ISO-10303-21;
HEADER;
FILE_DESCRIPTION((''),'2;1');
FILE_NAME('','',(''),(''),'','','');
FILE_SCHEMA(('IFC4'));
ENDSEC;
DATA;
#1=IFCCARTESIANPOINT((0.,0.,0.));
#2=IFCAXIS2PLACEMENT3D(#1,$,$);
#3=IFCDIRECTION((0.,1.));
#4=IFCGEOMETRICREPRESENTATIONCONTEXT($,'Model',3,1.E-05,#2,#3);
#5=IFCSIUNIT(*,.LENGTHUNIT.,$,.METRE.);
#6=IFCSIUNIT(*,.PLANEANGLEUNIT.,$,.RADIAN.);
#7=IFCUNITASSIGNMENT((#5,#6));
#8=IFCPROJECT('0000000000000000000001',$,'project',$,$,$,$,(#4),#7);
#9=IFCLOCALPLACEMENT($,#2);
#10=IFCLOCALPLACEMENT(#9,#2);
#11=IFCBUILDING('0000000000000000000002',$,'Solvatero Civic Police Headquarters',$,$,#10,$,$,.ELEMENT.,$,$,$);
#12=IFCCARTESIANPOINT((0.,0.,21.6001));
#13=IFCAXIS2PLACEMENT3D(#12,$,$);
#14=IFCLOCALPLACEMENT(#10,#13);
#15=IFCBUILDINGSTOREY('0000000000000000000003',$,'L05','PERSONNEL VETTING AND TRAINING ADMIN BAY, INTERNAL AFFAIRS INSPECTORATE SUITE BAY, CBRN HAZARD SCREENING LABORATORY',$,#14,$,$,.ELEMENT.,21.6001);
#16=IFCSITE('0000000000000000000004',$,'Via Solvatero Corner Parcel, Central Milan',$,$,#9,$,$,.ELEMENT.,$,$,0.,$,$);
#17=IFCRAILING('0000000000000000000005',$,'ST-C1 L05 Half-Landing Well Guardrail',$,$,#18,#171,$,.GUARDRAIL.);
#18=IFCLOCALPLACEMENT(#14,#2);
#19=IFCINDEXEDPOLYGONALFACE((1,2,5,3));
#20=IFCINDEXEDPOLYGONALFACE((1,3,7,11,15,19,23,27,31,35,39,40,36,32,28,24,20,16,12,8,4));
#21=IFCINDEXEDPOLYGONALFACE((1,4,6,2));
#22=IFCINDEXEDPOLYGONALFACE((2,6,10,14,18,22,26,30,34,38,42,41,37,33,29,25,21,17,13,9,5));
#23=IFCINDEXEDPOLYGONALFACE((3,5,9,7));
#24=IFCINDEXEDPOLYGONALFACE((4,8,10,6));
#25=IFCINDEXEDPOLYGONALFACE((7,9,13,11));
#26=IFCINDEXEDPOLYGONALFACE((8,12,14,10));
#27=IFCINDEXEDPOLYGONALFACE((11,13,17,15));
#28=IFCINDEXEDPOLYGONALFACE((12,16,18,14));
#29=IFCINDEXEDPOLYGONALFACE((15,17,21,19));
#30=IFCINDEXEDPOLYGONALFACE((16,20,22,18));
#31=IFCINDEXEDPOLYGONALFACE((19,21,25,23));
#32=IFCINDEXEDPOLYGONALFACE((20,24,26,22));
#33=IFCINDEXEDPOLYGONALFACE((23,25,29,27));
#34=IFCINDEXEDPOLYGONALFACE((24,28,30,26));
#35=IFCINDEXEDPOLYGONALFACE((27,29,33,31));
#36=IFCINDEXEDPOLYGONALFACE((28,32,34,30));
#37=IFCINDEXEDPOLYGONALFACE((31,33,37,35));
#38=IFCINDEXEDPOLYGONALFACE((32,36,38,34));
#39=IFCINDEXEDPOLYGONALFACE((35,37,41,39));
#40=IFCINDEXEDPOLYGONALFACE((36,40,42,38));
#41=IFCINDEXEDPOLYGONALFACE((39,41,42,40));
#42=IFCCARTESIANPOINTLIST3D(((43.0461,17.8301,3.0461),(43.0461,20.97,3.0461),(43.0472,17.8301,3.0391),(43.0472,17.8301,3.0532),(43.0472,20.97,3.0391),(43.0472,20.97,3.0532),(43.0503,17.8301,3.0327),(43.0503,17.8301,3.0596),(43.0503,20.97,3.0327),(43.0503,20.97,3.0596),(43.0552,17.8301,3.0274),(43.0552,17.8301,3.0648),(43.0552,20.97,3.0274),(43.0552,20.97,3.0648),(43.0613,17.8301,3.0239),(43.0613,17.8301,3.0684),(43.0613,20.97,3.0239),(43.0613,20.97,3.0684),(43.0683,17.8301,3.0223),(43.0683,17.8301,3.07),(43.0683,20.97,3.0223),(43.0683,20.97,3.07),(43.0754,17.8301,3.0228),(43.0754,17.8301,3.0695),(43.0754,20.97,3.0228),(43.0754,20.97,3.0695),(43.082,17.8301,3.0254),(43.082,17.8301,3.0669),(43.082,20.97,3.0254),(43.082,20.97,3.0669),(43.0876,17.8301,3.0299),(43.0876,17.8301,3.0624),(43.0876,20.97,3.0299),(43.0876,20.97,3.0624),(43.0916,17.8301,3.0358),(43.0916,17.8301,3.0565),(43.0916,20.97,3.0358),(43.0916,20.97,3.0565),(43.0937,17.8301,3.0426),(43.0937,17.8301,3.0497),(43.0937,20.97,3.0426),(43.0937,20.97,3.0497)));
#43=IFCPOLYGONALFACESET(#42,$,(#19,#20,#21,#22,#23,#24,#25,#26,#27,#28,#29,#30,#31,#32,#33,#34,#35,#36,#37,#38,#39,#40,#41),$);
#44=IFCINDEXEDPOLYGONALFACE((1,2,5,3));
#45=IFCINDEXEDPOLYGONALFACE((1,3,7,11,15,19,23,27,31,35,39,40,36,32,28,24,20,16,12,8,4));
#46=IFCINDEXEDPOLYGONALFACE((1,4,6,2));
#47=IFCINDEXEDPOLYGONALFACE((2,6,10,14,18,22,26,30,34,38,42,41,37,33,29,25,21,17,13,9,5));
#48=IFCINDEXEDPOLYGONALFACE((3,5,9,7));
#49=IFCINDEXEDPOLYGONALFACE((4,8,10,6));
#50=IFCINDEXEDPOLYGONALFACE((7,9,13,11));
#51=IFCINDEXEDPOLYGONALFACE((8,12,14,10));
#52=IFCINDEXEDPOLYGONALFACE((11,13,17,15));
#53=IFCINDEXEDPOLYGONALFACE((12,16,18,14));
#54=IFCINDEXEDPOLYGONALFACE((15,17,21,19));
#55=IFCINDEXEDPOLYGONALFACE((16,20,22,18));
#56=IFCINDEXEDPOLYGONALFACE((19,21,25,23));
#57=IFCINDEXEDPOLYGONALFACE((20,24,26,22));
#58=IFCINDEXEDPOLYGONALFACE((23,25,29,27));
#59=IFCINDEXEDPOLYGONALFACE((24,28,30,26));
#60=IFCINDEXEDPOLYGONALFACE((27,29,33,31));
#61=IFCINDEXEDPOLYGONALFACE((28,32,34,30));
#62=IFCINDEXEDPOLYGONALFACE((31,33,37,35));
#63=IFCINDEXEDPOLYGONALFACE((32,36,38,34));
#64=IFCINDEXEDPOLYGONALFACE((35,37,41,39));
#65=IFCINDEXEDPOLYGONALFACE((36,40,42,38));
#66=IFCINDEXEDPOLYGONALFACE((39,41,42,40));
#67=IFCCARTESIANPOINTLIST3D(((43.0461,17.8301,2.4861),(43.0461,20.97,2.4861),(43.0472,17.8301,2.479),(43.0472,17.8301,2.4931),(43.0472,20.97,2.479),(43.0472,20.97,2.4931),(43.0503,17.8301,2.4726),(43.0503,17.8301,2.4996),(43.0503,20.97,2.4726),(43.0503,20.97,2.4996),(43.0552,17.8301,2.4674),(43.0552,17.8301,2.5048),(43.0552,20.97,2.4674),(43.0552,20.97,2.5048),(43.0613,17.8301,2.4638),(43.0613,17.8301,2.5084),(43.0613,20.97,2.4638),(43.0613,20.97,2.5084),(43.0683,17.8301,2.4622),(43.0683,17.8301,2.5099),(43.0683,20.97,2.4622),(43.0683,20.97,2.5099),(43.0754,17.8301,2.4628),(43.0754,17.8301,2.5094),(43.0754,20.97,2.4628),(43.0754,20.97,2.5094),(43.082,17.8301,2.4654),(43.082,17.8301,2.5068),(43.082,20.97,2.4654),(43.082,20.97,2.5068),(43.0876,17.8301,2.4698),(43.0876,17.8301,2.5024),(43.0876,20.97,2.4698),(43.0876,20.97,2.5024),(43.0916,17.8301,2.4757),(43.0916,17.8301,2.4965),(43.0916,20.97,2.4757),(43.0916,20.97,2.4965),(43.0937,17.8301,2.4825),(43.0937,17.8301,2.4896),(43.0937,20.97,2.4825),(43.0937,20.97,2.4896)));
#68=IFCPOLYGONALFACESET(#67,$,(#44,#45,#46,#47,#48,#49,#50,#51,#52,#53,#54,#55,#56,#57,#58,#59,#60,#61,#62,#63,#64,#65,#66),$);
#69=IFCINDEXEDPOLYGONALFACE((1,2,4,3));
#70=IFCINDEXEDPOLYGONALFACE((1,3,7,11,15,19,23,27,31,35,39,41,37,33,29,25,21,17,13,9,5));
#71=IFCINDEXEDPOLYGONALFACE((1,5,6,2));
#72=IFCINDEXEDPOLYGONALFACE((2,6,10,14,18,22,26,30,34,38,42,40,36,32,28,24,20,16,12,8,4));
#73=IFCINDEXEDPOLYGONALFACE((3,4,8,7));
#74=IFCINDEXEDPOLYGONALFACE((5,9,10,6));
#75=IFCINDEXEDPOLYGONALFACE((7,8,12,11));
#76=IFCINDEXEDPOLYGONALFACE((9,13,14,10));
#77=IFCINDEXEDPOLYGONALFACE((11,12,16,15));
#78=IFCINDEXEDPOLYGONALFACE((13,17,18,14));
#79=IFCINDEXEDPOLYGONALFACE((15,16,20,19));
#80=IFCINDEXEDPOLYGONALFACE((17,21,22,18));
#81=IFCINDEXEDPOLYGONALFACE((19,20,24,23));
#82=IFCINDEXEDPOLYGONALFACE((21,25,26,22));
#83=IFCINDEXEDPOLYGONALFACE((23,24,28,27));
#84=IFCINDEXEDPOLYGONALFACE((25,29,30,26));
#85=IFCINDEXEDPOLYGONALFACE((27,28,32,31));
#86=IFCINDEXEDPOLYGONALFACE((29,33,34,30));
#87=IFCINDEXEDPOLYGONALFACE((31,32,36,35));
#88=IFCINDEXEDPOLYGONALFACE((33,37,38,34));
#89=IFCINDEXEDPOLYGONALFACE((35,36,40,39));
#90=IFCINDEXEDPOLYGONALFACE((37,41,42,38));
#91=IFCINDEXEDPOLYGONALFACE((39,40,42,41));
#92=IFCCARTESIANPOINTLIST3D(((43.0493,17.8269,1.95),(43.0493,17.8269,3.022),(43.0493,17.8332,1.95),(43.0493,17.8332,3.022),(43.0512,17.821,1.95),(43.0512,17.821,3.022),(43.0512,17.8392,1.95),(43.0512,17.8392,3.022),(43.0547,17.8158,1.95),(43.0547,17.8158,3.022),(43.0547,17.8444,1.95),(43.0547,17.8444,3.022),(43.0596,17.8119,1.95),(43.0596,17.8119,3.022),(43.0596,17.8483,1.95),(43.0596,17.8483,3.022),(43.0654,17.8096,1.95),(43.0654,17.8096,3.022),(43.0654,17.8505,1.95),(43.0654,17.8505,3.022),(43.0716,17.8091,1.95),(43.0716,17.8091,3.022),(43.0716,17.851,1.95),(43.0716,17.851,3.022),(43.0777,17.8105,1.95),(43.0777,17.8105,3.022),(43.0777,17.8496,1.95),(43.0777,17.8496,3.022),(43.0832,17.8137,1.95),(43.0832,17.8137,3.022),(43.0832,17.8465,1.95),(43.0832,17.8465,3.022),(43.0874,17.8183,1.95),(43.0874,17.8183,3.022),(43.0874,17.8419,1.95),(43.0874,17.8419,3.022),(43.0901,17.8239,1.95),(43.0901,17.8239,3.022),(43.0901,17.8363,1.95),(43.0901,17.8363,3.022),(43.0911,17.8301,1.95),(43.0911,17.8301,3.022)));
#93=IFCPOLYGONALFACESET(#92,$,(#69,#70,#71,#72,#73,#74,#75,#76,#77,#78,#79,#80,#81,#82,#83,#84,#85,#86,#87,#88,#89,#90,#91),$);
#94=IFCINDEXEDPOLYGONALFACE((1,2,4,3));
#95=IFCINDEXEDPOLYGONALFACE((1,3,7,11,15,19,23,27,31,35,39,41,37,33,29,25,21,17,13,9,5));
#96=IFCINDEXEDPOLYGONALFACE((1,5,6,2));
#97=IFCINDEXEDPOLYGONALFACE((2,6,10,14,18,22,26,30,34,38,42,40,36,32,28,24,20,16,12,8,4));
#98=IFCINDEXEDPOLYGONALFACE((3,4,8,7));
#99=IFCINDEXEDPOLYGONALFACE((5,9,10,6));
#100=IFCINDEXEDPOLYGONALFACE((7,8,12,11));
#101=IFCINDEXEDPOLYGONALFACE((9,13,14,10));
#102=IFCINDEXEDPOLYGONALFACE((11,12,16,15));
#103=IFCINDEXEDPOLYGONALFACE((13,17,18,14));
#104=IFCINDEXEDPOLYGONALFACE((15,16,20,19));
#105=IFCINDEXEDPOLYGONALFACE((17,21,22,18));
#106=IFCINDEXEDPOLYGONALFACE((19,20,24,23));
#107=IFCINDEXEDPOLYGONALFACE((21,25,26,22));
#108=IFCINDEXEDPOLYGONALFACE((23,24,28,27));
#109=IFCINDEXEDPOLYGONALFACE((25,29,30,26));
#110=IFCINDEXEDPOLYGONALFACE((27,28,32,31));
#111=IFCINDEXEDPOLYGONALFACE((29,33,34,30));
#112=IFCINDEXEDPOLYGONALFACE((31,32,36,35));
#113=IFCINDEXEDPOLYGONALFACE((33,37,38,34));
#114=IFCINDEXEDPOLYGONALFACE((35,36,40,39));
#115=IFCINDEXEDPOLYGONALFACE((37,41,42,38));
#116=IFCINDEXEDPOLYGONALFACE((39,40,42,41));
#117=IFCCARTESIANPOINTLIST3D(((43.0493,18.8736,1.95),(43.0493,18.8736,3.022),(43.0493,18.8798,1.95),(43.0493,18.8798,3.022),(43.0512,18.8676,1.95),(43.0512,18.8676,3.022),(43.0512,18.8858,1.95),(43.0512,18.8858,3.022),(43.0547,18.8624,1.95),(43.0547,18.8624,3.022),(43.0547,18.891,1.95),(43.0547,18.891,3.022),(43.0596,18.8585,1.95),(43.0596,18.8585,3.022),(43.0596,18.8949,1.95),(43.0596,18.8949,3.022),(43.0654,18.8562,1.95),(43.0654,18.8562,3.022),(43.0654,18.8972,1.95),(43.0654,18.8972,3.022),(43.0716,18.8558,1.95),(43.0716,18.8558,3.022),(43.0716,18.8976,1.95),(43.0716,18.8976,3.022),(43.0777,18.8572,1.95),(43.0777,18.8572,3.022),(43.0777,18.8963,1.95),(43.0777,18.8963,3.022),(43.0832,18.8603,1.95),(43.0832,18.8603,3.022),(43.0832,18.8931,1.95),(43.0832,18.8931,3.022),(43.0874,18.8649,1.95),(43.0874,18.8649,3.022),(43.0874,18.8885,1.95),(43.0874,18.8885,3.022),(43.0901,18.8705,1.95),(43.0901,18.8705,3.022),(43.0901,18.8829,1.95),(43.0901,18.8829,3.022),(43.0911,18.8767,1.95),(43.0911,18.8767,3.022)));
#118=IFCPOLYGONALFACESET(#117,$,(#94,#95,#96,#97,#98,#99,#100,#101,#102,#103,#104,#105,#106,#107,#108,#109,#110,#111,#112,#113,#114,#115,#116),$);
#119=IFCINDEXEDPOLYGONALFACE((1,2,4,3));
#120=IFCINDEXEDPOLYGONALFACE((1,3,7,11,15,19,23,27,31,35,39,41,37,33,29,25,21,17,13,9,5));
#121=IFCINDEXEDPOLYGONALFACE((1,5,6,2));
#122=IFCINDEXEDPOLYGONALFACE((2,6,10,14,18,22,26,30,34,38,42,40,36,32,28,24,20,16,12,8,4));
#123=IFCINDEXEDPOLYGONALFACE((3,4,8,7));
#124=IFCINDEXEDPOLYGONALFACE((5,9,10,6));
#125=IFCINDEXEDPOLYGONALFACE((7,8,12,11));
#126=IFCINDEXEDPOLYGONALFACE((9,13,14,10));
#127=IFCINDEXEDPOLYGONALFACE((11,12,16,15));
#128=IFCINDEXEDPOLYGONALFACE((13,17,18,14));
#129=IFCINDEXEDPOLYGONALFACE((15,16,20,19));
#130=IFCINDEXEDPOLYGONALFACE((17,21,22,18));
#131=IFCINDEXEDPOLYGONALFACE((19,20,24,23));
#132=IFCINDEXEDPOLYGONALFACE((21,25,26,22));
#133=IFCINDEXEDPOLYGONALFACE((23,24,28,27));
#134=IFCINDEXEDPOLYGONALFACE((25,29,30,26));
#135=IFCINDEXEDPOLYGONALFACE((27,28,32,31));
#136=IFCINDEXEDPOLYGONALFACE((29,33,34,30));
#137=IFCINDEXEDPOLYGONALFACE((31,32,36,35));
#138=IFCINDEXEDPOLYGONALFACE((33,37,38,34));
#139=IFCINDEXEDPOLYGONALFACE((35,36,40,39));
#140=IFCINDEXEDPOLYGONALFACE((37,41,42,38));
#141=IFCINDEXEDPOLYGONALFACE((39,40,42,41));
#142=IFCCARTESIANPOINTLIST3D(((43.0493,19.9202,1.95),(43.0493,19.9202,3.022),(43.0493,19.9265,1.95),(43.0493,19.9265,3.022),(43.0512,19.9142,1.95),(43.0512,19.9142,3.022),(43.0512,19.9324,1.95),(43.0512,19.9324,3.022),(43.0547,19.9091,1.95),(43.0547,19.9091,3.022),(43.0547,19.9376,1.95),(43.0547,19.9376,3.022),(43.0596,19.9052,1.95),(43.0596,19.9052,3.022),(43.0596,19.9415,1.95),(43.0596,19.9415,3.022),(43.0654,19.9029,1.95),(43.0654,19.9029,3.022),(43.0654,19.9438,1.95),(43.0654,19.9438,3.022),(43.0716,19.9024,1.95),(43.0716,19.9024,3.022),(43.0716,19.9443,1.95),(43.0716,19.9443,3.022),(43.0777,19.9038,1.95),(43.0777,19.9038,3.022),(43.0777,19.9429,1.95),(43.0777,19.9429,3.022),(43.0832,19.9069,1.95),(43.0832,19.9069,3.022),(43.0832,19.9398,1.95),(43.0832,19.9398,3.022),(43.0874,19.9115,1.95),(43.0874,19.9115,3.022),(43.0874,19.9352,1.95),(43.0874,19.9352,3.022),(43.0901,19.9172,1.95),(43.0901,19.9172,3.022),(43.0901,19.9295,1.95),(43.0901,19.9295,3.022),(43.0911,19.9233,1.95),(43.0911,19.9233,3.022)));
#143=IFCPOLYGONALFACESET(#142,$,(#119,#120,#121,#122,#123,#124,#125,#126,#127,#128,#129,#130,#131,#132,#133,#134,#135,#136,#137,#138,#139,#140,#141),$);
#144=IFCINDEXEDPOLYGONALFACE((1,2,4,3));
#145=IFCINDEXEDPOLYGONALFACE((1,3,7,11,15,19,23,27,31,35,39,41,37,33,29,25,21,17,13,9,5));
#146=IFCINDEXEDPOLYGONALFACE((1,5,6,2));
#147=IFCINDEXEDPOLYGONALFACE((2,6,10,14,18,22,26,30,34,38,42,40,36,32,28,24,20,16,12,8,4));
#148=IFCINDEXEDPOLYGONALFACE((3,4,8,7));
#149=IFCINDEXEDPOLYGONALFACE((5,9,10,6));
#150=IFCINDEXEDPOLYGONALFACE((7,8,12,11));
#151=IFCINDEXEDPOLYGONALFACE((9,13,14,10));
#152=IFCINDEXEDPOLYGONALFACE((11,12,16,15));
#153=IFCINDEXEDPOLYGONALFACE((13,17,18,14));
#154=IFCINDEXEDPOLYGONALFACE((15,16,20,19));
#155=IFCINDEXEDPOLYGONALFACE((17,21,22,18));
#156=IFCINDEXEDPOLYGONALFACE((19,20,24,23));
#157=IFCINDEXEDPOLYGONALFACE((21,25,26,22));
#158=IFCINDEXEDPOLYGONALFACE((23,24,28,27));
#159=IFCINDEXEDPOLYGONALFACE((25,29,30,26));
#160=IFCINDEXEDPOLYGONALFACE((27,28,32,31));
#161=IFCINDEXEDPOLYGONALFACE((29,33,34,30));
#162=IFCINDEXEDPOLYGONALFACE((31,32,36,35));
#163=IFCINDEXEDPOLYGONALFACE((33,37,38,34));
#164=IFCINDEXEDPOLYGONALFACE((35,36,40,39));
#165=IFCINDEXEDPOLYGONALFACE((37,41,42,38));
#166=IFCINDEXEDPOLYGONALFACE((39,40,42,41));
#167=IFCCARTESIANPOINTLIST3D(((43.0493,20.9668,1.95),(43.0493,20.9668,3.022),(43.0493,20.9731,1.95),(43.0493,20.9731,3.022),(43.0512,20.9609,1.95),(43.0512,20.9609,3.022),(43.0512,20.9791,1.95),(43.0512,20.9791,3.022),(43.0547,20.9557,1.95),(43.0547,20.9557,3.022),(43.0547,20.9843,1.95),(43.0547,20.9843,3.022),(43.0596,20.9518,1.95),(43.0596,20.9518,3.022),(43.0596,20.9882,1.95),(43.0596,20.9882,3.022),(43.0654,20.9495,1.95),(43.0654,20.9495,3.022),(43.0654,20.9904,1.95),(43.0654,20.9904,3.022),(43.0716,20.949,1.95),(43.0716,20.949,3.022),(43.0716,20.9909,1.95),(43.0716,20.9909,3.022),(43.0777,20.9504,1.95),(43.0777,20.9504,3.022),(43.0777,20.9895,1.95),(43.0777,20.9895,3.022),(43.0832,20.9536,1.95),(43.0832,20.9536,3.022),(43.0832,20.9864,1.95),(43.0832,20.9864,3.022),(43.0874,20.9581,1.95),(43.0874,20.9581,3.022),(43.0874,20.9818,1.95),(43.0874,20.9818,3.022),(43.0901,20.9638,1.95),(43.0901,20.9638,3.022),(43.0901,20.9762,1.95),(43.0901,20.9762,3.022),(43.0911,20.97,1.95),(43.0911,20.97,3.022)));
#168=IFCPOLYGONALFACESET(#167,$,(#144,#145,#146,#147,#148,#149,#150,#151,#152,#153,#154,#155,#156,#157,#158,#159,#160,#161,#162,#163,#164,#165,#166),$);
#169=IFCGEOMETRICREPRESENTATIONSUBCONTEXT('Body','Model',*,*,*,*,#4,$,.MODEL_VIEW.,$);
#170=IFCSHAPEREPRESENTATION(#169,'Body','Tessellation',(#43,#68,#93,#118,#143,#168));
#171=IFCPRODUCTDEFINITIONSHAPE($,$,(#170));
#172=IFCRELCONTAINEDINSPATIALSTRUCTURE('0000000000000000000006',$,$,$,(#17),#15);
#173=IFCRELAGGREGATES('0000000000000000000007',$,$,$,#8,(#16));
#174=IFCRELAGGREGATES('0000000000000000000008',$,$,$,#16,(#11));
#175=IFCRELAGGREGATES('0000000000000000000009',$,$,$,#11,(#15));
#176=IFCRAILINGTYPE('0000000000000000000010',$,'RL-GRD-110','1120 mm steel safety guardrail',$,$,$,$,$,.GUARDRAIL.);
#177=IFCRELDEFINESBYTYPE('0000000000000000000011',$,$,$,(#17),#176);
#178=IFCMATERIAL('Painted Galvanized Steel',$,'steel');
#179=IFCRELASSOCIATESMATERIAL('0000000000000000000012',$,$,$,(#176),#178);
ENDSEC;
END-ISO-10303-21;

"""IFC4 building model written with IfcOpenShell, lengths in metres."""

from ifc_helpers import new_model, si_unit, direction, frame, origin, origin_2d, place, context, subcontext, project, spatial, circle, extrude, material, type_object, element, save


model = new_model("IFC4")

# Units and contexts
model_context = context("Model", 3, precision=1e-05, world=origin(), true_north=direction((0.0, 1.0)))
body_context = subcontext(model_context, "Body", "Model", "MODEL_VIEW")
ifc_project = project(units=[si_unit("LENGTHUNIT", "METRE"), si_unit("PLANEANGLEUNIT", "RADIAN")], contexts=[model_context])

# Site, building, storey
site_placement = place(None, origin())
site = spatial("IfcSite", under=ifc_project, at=site_placement, Name="Via Solvatero Corner Parcel, Central Milan", CompositionType="ELEMENT", RefElevation=0.0)
building_placement = place(site_placement, origin())
building = spatial("IfcBuilding", under=site, at=building_placement, Name="Solvatero Civic Police Headquarters", CompositionType="ELEMENT")
storey_placement = place(building_placement, frame((0.0, 0.0, 21.6001)))
storey = spatial("IfcBuildingStorey", under=building, at=storey_placement, Name="L05", Description="PERSONNEL VETTING AND TRAINING ADMIN BAY, INTERNAL AFFAIRS INSPECTORATE SUITE BAY, CBRN HAZARD SCREENING LABORATORY", CompositionType="ELEMENT", Elevation=21.6001)

# Railing
ifc_material_1 = material(Name="Painted Galvanized Steel", Category="steel")
railing_type_1 = type_object("IfcRailingType", Name="RL-GRD-110", Description="1120 mm steel safety guardrail", PredefinedType="GUARDRAIL", material=ifc_material_1)
railing_1_placement = place(storey_placement, frame((43.0701, 17.8301, 1.95)))
element("IfcRailing", 1, at=railing_1_placement, inside=storey, type_object=railing_type_1, Name="ST-C1 L05 Half-Landing Well Guardrail", PredefinedType="GUARDRAIL", context=body_context, shape_type="SweptSolid", body=[
    extrude(circle(Radius=0.0239, at=origin_2d()), frame((0.0, 0.0, 1.0962), z_axis=(0.0, 1.0, 0.0), x_axis=(-1.0, 0.0, 0.0)), (0.0, 0.0, 1.0), 3.1399),
    extrude(circle(Radius=0.0239, at=origin_2d()), frame((0.0, 0.0, 0.5361), z_axis=(0.0, 1.0, 0.0), x_axis=(-1.0, 0.0, 0.0)), (0.0, 0.0, 1.0), 3.1399),
    extrude(circle(Radius=0.021, at=origin_2d()), origin(), (0.0, 0.0, 1.0), 1.072),
    extrude(circle(Radius=0.021, at=origin_2d()), frame((0.0, 1.0466, 0.0)), (0.0, 0.0, 1.0), 1.072),
    extrude(circle(Radius=0.021, at=origin_2d()), frame((0.0, 2.0933, 0.0)), (0.0, 0.0, 1.0), 1.072),
    extrude(circle(Radius=0.021, at=origin_2d()), frame((0.0, 3.1399, 0.0)), (0.0, 0.0, 1.0), 1.072),
])

save(model, "model.ifc")
